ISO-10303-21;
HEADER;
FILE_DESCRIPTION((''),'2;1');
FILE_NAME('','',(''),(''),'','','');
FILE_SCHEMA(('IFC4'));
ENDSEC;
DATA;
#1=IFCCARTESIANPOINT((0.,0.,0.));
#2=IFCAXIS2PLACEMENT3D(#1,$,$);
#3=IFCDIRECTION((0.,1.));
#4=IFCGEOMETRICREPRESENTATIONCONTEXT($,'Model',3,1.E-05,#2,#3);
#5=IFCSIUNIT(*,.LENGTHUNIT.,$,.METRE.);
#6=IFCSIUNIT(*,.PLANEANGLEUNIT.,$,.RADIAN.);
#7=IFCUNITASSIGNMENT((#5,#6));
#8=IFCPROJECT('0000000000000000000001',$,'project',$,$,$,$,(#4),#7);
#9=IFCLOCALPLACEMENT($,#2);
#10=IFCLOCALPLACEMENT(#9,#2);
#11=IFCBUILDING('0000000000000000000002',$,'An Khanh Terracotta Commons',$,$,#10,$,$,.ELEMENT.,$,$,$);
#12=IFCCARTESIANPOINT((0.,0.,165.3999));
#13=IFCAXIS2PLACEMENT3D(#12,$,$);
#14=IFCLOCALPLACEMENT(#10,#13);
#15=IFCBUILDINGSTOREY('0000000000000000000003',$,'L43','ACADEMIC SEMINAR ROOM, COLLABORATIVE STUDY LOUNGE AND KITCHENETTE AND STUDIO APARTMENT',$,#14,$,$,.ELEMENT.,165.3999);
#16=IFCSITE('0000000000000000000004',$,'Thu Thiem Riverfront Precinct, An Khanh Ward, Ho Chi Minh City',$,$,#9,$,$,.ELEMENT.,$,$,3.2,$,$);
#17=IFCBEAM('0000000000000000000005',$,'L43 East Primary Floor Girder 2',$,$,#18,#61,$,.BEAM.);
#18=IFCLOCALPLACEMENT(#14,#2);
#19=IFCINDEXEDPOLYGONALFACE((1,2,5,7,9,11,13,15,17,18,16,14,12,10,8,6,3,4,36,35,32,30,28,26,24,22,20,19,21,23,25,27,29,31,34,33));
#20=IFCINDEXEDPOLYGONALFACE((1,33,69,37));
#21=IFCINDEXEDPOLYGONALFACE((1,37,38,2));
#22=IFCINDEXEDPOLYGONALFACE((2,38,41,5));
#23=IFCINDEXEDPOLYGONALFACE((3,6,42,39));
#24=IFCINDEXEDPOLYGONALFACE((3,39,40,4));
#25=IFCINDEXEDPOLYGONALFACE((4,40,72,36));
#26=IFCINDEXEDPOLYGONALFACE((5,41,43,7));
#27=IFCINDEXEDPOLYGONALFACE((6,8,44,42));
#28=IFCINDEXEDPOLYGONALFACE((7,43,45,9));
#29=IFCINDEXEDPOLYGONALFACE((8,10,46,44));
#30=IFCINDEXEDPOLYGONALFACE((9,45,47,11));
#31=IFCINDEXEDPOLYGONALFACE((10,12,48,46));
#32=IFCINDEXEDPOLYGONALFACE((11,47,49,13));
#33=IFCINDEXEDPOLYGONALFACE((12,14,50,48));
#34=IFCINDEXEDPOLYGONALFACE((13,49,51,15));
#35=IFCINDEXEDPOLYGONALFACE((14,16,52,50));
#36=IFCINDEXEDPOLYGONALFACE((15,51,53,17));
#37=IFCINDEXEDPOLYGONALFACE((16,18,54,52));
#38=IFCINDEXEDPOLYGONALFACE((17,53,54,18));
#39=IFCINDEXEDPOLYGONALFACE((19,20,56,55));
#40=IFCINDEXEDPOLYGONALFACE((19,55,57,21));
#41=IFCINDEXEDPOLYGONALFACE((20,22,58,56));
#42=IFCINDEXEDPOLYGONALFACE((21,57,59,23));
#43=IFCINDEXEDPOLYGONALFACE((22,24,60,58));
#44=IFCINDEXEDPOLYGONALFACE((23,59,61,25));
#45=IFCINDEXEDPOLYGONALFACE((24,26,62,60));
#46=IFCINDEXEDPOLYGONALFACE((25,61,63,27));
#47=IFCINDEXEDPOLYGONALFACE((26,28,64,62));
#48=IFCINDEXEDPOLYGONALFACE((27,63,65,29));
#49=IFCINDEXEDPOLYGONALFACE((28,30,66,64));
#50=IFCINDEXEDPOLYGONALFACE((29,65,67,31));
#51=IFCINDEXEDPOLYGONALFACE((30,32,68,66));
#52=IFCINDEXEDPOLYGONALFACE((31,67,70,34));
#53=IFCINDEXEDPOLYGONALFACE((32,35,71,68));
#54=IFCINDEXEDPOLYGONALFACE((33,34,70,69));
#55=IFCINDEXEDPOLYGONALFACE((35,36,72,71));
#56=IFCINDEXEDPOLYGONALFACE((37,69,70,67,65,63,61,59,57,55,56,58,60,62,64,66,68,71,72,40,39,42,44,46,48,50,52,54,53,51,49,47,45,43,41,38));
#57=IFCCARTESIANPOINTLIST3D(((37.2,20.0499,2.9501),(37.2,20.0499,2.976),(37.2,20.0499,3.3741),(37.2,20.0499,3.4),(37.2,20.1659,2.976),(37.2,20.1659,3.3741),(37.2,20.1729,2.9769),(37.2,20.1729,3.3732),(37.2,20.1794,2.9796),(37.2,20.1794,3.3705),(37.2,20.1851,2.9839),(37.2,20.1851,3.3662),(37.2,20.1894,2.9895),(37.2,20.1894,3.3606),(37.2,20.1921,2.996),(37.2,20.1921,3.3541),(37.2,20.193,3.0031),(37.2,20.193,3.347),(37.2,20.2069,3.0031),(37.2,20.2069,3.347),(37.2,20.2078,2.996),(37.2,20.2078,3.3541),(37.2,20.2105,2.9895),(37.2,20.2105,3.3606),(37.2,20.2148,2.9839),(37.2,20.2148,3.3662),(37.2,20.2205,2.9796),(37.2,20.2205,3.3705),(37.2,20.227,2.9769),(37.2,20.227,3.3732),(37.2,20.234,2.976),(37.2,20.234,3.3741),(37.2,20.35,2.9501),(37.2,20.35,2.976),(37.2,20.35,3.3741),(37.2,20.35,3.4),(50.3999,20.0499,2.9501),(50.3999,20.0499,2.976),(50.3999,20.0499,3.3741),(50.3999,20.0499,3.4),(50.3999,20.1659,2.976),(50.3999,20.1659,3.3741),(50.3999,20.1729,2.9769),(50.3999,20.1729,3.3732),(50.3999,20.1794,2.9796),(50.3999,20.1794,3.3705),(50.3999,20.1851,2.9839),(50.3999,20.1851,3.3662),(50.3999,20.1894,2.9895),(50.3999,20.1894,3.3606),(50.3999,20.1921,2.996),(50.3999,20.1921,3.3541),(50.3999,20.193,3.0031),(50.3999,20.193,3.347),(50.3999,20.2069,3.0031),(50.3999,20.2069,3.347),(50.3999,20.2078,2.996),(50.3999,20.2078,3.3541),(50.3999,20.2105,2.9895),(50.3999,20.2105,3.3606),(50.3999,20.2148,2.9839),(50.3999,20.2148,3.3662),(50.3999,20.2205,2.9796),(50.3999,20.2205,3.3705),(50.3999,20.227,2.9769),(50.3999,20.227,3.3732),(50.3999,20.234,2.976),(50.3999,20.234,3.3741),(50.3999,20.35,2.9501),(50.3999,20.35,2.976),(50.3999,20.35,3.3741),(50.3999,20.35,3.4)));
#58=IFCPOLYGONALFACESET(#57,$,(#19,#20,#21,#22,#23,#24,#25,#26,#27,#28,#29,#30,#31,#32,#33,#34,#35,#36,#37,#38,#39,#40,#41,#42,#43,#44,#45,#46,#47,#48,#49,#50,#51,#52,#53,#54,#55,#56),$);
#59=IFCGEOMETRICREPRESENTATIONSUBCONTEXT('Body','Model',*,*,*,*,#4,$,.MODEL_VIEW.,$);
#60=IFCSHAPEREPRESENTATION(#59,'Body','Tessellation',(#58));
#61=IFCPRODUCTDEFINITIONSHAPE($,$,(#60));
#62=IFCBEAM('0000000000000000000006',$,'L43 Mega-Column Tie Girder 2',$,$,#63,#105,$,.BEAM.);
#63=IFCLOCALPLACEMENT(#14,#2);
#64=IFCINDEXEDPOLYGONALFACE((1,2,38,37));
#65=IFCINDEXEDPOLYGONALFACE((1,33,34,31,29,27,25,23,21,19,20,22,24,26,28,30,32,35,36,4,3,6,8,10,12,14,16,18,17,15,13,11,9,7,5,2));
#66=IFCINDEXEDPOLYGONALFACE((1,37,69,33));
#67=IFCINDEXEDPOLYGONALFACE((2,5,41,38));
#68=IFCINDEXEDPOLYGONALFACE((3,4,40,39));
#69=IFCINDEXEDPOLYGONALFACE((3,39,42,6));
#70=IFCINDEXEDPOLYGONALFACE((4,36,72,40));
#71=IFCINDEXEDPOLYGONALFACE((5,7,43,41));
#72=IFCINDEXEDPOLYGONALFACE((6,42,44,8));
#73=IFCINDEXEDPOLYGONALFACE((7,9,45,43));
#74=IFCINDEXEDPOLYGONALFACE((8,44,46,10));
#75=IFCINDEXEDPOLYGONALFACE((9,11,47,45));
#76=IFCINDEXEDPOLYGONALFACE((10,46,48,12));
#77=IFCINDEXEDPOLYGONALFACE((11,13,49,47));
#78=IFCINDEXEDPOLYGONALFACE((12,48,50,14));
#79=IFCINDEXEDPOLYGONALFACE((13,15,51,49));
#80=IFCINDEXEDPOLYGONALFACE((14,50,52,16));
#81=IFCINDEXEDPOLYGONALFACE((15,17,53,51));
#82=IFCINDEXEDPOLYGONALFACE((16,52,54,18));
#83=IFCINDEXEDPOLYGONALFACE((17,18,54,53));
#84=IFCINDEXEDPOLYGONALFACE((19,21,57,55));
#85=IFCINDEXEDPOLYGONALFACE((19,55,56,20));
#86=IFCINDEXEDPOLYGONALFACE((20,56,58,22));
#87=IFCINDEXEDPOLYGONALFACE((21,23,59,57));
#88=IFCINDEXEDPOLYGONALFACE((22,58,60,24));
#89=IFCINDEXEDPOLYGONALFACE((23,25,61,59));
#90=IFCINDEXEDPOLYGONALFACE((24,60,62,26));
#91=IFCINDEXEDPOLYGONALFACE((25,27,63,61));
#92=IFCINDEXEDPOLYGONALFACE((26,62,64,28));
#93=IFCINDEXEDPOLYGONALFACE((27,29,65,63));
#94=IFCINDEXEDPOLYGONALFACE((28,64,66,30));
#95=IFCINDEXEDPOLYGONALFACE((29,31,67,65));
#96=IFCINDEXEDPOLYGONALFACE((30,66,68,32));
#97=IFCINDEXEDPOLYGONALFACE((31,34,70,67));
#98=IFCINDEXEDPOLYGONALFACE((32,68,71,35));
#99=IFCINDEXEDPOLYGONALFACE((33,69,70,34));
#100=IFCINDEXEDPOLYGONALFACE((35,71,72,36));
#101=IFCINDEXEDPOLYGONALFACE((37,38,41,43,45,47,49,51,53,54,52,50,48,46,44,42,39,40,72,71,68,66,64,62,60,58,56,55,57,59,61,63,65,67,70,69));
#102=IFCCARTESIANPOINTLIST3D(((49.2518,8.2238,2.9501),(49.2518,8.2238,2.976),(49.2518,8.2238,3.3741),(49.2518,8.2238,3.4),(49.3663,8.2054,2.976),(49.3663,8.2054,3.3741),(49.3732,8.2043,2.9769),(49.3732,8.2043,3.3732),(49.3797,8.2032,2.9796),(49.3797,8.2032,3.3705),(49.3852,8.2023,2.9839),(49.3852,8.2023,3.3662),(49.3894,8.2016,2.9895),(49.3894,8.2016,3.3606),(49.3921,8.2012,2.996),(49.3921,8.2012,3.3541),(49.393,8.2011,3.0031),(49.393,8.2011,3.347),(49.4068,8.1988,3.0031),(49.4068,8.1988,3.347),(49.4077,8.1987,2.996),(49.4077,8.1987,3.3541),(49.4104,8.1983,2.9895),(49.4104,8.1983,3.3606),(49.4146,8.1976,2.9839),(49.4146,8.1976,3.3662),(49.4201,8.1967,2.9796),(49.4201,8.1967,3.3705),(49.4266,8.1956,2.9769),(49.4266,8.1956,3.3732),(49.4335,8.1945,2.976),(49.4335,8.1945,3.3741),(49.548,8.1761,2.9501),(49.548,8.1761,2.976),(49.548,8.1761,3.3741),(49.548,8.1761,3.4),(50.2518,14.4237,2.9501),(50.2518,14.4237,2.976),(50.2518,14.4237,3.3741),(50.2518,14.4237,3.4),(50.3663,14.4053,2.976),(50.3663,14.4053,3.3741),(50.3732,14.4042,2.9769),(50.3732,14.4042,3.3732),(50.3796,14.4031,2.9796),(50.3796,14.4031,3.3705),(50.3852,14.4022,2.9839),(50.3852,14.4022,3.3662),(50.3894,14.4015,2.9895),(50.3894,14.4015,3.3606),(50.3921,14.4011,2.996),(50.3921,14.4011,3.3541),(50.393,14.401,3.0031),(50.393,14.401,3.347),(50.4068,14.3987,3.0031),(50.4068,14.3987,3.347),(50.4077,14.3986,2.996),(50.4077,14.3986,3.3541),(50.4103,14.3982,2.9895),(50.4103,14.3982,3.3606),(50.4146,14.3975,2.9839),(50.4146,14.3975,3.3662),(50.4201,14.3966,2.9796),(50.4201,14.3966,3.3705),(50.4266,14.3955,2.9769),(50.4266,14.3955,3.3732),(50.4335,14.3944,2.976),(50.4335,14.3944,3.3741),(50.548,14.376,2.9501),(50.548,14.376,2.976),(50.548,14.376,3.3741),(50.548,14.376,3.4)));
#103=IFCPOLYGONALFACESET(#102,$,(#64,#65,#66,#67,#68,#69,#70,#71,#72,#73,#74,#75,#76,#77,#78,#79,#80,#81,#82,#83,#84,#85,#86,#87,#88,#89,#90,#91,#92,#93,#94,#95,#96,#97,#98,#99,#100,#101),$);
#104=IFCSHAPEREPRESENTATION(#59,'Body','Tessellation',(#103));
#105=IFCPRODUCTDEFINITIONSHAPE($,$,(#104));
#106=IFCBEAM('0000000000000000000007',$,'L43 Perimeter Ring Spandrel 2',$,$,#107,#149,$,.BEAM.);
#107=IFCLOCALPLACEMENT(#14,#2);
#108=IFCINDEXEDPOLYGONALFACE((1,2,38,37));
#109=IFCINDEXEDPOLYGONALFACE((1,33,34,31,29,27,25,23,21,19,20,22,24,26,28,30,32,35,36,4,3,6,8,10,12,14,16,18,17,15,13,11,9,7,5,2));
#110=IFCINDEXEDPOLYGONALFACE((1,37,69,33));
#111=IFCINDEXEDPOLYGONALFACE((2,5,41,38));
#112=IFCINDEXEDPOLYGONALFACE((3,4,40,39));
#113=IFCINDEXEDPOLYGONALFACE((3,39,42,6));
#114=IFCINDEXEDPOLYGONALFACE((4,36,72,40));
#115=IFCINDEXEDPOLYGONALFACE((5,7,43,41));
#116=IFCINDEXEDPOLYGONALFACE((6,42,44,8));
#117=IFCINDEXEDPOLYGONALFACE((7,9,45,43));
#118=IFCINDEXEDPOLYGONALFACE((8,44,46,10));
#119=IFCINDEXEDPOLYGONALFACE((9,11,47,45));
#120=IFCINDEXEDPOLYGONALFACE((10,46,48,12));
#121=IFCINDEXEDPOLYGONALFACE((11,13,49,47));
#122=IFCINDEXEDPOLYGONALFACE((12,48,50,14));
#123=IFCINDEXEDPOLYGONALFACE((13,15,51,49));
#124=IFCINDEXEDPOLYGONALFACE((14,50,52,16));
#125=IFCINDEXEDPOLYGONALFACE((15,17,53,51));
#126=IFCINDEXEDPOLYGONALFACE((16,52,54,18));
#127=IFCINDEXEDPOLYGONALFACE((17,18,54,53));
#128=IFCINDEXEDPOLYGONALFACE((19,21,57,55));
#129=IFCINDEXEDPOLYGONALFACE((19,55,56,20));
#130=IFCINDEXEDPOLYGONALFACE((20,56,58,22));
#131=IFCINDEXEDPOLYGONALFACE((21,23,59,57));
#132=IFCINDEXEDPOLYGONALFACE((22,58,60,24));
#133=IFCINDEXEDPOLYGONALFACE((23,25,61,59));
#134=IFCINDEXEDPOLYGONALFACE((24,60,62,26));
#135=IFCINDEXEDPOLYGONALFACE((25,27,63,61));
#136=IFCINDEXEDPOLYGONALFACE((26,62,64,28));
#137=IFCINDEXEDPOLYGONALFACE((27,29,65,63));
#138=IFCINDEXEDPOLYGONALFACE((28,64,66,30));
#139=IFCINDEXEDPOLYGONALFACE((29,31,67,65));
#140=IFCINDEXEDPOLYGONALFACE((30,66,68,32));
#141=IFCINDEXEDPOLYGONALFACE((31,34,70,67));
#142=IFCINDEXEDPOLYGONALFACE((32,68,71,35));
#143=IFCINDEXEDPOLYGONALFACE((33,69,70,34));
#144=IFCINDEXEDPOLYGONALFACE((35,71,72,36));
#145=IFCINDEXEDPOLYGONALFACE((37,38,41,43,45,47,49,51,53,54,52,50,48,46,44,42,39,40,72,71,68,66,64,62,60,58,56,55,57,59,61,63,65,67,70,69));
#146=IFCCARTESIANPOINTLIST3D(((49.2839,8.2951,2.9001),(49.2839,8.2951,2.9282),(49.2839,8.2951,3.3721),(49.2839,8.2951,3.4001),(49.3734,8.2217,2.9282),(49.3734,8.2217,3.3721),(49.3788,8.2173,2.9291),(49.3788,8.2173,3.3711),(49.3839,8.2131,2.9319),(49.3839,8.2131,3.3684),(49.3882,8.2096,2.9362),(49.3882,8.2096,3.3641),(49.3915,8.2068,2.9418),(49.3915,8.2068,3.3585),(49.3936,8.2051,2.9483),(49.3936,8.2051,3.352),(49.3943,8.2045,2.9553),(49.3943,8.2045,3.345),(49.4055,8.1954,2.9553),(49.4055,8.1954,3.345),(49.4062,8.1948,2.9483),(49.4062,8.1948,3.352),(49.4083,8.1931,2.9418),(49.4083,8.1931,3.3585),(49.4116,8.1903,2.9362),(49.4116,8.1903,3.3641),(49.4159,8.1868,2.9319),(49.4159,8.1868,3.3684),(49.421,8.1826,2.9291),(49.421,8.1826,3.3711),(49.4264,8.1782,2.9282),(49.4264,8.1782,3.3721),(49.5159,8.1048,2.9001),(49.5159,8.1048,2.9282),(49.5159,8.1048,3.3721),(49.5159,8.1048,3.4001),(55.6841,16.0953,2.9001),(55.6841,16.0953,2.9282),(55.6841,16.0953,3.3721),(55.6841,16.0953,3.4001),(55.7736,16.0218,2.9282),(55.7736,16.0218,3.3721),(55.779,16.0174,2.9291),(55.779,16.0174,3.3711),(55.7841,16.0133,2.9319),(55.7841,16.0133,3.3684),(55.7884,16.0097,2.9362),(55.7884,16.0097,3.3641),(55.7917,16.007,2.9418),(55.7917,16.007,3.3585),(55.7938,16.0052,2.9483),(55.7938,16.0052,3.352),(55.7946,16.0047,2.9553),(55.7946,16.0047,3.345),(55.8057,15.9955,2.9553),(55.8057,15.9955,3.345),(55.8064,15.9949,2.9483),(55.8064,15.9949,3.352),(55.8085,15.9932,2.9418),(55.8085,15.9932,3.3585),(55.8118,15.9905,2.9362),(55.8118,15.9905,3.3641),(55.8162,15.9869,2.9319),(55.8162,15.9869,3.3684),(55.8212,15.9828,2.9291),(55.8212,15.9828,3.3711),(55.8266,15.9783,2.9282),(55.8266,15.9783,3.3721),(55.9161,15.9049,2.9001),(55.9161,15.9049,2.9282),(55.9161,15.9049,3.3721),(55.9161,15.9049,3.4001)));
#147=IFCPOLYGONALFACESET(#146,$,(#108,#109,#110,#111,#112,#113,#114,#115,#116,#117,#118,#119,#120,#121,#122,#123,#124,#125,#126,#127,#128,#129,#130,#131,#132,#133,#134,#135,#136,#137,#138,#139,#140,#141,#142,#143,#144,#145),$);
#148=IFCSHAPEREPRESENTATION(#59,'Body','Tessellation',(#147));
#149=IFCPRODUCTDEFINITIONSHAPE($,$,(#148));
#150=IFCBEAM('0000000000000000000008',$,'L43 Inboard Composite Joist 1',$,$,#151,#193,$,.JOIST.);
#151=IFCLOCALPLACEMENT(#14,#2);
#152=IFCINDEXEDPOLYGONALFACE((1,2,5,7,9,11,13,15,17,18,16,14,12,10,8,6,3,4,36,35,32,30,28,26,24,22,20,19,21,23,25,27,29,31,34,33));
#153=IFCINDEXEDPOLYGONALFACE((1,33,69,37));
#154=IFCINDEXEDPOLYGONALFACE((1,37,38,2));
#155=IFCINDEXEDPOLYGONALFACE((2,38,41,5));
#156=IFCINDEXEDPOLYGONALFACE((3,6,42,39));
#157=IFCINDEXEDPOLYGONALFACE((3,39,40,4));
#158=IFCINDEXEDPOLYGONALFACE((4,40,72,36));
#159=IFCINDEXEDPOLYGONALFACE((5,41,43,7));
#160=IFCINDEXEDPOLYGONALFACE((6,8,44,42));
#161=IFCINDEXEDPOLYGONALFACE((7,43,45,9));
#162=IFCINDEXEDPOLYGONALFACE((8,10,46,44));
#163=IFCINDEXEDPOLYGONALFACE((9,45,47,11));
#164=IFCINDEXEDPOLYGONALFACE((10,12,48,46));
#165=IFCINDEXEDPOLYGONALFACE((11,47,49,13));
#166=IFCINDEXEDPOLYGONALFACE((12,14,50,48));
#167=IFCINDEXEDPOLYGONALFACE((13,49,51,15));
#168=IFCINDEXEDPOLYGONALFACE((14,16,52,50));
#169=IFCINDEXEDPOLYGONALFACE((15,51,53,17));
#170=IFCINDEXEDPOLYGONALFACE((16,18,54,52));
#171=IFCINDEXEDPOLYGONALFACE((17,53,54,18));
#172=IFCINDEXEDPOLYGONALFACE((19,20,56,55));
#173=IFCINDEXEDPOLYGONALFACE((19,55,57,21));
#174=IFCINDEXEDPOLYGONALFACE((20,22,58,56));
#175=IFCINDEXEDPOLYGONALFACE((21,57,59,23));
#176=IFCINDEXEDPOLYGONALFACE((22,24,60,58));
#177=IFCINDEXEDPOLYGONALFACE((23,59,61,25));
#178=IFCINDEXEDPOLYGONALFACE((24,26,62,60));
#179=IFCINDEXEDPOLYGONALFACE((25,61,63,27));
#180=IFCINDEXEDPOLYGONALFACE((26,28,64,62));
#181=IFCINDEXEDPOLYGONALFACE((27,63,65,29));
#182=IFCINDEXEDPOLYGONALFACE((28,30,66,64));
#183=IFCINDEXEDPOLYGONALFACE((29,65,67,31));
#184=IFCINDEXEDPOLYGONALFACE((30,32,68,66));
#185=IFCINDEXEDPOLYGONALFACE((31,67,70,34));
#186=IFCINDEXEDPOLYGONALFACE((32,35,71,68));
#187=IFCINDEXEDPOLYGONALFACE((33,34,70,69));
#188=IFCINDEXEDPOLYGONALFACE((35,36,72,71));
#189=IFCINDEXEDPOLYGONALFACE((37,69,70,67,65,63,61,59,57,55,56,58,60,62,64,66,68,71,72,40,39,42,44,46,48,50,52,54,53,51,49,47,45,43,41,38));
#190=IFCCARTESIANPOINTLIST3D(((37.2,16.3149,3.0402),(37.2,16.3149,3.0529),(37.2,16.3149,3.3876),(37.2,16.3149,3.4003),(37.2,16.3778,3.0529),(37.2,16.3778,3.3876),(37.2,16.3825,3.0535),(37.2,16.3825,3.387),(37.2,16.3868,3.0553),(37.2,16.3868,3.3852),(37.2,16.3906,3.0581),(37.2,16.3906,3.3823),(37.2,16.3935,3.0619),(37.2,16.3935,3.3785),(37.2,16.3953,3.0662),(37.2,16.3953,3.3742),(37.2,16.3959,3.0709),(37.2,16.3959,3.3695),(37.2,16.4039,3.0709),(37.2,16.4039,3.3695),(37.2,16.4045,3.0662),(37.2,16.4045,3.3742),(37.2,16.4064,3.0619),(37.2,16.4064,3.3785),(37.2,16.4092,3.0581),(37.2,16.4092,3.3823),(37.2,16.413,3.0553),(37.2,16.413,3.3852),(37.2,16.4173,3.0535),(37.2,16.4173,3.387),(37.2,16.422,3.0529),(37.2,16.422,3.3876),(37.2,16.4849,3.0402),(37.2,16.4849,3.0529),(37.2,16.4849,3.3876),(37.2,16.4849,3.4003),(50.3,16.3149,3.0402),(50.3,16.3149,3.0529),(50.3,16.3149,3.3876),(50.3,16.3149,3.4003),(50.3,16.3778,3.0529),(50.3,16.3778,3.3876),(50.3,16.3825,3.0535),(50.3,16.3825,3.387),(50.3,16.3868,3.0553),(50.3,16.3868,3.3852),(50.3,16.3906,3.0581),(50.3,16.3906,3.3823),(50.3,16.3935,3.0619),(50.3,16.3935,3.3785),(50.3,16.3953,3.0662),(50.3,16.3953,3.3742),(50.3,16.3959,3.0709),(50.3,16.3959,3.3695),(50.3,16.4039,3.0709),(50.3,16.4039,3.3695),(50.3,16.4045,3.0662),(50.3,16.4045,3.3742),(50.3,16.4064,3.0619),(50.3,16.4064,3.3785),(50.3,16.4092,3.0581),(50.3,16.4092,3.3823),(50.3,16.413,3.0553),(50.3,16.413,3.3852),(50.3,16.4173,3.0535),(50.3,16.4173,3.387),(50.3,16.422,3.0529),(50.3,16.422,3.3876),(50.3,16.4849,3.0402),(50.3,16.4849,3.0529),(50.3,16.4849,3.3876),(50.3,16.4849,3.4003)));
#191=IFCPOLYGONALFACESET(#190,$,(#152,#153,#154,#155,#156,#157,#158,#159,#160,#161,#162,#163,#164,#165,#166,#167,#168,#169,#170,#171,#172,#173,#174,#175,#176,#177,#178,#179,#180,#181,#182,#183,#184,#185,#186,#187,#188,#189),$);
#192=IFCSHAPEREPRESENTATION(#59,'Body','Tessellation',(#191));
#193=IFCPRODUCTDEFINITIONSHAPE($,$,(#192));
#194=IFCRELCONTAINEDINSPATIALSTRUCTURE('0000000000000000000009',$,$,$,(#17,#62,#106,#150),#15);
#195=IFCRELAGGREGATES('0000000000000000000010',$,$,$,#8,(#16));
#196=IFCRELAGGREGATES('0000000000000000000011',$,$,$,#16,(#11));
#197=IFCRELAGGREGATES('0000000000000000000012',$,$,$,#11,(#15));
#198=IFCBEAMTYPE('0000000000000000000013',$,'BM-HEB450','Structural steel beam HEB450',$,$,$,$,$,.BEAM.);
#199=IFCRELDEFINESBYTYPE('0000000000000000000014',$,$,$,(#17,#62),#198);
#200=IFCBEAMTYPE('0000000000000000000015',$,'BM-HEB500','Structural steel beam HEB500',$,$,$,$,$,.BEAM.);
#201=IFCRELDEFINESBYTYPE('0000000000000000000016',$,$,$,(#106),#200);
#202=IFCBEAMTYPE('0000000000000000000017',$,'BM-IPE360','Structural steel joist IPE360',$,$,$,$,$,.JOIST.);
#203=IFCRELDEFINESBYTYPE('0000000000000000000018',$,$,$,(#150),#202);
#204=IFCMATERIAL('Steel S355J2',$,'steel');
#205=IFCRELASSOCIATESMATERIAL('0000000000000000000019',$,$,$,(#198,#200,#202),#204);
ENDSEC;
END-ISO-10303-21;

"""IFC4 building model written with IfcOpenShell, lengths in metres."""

from ifc_helpers import new_model, si_unit, direction, frame, origin, origin_2d, place, context, subcontext, project, spatial, i_section, extrude, material, material_profile, profile_set, type_object, element, save


model = new_model("IFC4")

# Units and contexts
model_context = context("Model", 3, precision=1e-05, world=origin(), true_north=direction((0.0, 1.0)))
body_context = subcontext(model_context, "Body", "Model", "MODEL_VIEW")
ifc_project = project(units=[si_unit("LENGTHUNIT", "METRE"), si_unit("PLANEANGLEUNIT", "RADIAN")], contexts=[model_context])

# Site, building, storey
site_placement = place(None, origin())
site = spatial("IfcSite", under=ifc_project, at=site_placement, Name="Thu Thiem Riverfront Precinct, An Khanh Ward, Ho Chi Minh City", CompositionType="ELEMENT", RefElevation=3.2)
building_placement = place(site_placement, origin())
building = spatial("IfcBuilding", under=site, at=building_placement, Name="An Khanh Terracotta Commons", CompositionType="ELEMENT")
storey_placement = place(building_placement, frame((0.0, 0.0, 165.3999)))
storey = spatial("IfcBuildingStorey", under=building, at=storey_placement, Name="L43", Description="ACADEMIC SEMINAR ROOM, COLLABORATIVE STUDY LOUNGE AND KITCHENETTE AND STUDIO APARTMENT", CompositionType="ELEMENT", Elevation=165.3999)

# Beams
ifc_material_1 = material(Name="Steel S355J2", Category="steel")
ifc_material_profile_1 = material_profile(ifc_material_1, i_section(OverallWidth=0.3, OverallDepth=0.45, WebThickness=0.0139, FlangeThickness=0.0259, FilletRadius=0.0271, at=origin_2d()), Name="HEB450")
ifc_profile_set_1 = profile_set([ifc_material_profile_1], Name="Steel S355J2")
beam_type_1 = type_object("IfcBeamType", Name="BM-HEB450", Description="Structural steel beam HEB450", PredefinedType="BEAM", material=ifc_profile_set_1)
for number, where, z_axis, x_axis, name in (
    (1, (37.2, 20.2, 3.175), (1.0, 0.0, 0.0), (0.0, 1.0, 0.0), "L43 East Primary Floor Girder 2"),
):
    element("IfcBeam", number, at=place(storey_placement, frame(where, z_axis=z_axis, x_axis=x_axis)), inside=storey, type_object=beam_type_1, Name=name, PredefinedType="BEAM", context=body_context, shape_type="SweptSolid", body=[
        extrude(i_section(OverallWidth=0.3, OverallDepth=0.45, WebThickness=0.0139, FlangeThickness=0.0259, FilletRadius=0.0271, at=origin_2d()), origin(), (0.0, 0.0, 1.0), 13.2),
    ])
beam_1_placement = place(storey_placement, frame((49.3999, 8.2, 3.175), z_axis=(0.159234, 0.987241, 0.0), x_axis=(-0.987241, 0.159234, 0.0)))
element("IfcBeam", 2, at=beam_1_placement, inside=storey, type_object=beam_type_1, Name="L43 Mega-Column Tie Girder 2", PredefinedType="BEAM", context=body_context, shape_type="SweptSolid", body=[
    extrude(i_section(OverallWidth=0.3, OverallDepth=0.45, WebThickness=0.0139, FlangeThickness=0.0259, FilletRadius=0.0271, at=origin_2d()), origin(), (0.0, 0.0, 1.0), 6.28),
])
ifc_material_profile_2 = material_profile(ifc_material_1, i_section(OverallWidth=0.3, OverallDepth=0.5, WebThickness=0.0144, FlangeThickness=0.0281, FilletRadius=0.0271, at=origin_2d()), Name="HEB500")
ifc_profile_set_2 = profile_set([ifc_material_profile_2], Name="Steel S355J2")
beam_type_2 = type_object("IfcBeamType", Name="BM-HEB500", Description="Structural steel beam HEB500", PredefinedType="BEAM", material=ifc_profile_set_2)
beam_2_placement = place(storey_placement, frame((49.3999, 8.2, 3.1501), z_axis=(0.634323, 0.773068, 0.0), x_axis=(-0.773068, 0.634323, 0.0)))
element("IfcBeam", 3, at=beam_2_placement, inside=storey, type_object=beam_type_2, Name="L43 Perimeter Ring Spandrel 2", PredefinedType="BEAM", context=body_context, shape_type="SweptSolid", body=[
    extrude(i_section(OverallWidth=0.3, OverallDepth=0.5, WebThickness=0.0144, FlangeThickness=0.0281, FilletRadius=0.0271, at=origin_2d()), origin(), (0.0, 0.0, 1.0), 10.0898),
])
ifc_material_profile_3 = material_profile(ifc_material_1, i_section(OverallWidth=0.1699, OverallDepth=0.3601, WebThickness=0.0081, FlangeThickness=0.0127, FilletRadius=0.0181, at=origin_2d()), Name="IPE360")
ifc_profile_set_3 = profile_set([ifc_material_profile_3], Name="Steel S355J2")
beam_type_3 = type_object("IfcBeamType", Name="BM-IPE360", Description="Structural steel joist IPE360", PredefinedType="JOIST", material=ifc_profile_set_3)
for number, where, z_axis, x_axis, name in (
    (4, (37.2, 16.3999, 3.2202), (1.0, 0.0, 0.0), (0.0, 1.0, 0.0), "L43 Inboard Composite Joist 1"),
):
    element("IfcBeam", number, at=place(storey_placement, frame(where, z_axis=z_axis, x_axis=x_axis)), inside=storey, type_object=beam_type_3, Name=name, PredefinedType="JOIST", context=body_context, shape_type="SweptSolid", body=[
        extrude(i_section(OverallWidth=0.1699, OverallDepth=0.3601, WebThickness=0.0081, FlangeThickness=0.0127, FilletRadius=0.0181, at=origin_2d()), origin(), (0.0, 0.0, 1.0), 13.1001),
    ])

save(model, "model.ifc")
